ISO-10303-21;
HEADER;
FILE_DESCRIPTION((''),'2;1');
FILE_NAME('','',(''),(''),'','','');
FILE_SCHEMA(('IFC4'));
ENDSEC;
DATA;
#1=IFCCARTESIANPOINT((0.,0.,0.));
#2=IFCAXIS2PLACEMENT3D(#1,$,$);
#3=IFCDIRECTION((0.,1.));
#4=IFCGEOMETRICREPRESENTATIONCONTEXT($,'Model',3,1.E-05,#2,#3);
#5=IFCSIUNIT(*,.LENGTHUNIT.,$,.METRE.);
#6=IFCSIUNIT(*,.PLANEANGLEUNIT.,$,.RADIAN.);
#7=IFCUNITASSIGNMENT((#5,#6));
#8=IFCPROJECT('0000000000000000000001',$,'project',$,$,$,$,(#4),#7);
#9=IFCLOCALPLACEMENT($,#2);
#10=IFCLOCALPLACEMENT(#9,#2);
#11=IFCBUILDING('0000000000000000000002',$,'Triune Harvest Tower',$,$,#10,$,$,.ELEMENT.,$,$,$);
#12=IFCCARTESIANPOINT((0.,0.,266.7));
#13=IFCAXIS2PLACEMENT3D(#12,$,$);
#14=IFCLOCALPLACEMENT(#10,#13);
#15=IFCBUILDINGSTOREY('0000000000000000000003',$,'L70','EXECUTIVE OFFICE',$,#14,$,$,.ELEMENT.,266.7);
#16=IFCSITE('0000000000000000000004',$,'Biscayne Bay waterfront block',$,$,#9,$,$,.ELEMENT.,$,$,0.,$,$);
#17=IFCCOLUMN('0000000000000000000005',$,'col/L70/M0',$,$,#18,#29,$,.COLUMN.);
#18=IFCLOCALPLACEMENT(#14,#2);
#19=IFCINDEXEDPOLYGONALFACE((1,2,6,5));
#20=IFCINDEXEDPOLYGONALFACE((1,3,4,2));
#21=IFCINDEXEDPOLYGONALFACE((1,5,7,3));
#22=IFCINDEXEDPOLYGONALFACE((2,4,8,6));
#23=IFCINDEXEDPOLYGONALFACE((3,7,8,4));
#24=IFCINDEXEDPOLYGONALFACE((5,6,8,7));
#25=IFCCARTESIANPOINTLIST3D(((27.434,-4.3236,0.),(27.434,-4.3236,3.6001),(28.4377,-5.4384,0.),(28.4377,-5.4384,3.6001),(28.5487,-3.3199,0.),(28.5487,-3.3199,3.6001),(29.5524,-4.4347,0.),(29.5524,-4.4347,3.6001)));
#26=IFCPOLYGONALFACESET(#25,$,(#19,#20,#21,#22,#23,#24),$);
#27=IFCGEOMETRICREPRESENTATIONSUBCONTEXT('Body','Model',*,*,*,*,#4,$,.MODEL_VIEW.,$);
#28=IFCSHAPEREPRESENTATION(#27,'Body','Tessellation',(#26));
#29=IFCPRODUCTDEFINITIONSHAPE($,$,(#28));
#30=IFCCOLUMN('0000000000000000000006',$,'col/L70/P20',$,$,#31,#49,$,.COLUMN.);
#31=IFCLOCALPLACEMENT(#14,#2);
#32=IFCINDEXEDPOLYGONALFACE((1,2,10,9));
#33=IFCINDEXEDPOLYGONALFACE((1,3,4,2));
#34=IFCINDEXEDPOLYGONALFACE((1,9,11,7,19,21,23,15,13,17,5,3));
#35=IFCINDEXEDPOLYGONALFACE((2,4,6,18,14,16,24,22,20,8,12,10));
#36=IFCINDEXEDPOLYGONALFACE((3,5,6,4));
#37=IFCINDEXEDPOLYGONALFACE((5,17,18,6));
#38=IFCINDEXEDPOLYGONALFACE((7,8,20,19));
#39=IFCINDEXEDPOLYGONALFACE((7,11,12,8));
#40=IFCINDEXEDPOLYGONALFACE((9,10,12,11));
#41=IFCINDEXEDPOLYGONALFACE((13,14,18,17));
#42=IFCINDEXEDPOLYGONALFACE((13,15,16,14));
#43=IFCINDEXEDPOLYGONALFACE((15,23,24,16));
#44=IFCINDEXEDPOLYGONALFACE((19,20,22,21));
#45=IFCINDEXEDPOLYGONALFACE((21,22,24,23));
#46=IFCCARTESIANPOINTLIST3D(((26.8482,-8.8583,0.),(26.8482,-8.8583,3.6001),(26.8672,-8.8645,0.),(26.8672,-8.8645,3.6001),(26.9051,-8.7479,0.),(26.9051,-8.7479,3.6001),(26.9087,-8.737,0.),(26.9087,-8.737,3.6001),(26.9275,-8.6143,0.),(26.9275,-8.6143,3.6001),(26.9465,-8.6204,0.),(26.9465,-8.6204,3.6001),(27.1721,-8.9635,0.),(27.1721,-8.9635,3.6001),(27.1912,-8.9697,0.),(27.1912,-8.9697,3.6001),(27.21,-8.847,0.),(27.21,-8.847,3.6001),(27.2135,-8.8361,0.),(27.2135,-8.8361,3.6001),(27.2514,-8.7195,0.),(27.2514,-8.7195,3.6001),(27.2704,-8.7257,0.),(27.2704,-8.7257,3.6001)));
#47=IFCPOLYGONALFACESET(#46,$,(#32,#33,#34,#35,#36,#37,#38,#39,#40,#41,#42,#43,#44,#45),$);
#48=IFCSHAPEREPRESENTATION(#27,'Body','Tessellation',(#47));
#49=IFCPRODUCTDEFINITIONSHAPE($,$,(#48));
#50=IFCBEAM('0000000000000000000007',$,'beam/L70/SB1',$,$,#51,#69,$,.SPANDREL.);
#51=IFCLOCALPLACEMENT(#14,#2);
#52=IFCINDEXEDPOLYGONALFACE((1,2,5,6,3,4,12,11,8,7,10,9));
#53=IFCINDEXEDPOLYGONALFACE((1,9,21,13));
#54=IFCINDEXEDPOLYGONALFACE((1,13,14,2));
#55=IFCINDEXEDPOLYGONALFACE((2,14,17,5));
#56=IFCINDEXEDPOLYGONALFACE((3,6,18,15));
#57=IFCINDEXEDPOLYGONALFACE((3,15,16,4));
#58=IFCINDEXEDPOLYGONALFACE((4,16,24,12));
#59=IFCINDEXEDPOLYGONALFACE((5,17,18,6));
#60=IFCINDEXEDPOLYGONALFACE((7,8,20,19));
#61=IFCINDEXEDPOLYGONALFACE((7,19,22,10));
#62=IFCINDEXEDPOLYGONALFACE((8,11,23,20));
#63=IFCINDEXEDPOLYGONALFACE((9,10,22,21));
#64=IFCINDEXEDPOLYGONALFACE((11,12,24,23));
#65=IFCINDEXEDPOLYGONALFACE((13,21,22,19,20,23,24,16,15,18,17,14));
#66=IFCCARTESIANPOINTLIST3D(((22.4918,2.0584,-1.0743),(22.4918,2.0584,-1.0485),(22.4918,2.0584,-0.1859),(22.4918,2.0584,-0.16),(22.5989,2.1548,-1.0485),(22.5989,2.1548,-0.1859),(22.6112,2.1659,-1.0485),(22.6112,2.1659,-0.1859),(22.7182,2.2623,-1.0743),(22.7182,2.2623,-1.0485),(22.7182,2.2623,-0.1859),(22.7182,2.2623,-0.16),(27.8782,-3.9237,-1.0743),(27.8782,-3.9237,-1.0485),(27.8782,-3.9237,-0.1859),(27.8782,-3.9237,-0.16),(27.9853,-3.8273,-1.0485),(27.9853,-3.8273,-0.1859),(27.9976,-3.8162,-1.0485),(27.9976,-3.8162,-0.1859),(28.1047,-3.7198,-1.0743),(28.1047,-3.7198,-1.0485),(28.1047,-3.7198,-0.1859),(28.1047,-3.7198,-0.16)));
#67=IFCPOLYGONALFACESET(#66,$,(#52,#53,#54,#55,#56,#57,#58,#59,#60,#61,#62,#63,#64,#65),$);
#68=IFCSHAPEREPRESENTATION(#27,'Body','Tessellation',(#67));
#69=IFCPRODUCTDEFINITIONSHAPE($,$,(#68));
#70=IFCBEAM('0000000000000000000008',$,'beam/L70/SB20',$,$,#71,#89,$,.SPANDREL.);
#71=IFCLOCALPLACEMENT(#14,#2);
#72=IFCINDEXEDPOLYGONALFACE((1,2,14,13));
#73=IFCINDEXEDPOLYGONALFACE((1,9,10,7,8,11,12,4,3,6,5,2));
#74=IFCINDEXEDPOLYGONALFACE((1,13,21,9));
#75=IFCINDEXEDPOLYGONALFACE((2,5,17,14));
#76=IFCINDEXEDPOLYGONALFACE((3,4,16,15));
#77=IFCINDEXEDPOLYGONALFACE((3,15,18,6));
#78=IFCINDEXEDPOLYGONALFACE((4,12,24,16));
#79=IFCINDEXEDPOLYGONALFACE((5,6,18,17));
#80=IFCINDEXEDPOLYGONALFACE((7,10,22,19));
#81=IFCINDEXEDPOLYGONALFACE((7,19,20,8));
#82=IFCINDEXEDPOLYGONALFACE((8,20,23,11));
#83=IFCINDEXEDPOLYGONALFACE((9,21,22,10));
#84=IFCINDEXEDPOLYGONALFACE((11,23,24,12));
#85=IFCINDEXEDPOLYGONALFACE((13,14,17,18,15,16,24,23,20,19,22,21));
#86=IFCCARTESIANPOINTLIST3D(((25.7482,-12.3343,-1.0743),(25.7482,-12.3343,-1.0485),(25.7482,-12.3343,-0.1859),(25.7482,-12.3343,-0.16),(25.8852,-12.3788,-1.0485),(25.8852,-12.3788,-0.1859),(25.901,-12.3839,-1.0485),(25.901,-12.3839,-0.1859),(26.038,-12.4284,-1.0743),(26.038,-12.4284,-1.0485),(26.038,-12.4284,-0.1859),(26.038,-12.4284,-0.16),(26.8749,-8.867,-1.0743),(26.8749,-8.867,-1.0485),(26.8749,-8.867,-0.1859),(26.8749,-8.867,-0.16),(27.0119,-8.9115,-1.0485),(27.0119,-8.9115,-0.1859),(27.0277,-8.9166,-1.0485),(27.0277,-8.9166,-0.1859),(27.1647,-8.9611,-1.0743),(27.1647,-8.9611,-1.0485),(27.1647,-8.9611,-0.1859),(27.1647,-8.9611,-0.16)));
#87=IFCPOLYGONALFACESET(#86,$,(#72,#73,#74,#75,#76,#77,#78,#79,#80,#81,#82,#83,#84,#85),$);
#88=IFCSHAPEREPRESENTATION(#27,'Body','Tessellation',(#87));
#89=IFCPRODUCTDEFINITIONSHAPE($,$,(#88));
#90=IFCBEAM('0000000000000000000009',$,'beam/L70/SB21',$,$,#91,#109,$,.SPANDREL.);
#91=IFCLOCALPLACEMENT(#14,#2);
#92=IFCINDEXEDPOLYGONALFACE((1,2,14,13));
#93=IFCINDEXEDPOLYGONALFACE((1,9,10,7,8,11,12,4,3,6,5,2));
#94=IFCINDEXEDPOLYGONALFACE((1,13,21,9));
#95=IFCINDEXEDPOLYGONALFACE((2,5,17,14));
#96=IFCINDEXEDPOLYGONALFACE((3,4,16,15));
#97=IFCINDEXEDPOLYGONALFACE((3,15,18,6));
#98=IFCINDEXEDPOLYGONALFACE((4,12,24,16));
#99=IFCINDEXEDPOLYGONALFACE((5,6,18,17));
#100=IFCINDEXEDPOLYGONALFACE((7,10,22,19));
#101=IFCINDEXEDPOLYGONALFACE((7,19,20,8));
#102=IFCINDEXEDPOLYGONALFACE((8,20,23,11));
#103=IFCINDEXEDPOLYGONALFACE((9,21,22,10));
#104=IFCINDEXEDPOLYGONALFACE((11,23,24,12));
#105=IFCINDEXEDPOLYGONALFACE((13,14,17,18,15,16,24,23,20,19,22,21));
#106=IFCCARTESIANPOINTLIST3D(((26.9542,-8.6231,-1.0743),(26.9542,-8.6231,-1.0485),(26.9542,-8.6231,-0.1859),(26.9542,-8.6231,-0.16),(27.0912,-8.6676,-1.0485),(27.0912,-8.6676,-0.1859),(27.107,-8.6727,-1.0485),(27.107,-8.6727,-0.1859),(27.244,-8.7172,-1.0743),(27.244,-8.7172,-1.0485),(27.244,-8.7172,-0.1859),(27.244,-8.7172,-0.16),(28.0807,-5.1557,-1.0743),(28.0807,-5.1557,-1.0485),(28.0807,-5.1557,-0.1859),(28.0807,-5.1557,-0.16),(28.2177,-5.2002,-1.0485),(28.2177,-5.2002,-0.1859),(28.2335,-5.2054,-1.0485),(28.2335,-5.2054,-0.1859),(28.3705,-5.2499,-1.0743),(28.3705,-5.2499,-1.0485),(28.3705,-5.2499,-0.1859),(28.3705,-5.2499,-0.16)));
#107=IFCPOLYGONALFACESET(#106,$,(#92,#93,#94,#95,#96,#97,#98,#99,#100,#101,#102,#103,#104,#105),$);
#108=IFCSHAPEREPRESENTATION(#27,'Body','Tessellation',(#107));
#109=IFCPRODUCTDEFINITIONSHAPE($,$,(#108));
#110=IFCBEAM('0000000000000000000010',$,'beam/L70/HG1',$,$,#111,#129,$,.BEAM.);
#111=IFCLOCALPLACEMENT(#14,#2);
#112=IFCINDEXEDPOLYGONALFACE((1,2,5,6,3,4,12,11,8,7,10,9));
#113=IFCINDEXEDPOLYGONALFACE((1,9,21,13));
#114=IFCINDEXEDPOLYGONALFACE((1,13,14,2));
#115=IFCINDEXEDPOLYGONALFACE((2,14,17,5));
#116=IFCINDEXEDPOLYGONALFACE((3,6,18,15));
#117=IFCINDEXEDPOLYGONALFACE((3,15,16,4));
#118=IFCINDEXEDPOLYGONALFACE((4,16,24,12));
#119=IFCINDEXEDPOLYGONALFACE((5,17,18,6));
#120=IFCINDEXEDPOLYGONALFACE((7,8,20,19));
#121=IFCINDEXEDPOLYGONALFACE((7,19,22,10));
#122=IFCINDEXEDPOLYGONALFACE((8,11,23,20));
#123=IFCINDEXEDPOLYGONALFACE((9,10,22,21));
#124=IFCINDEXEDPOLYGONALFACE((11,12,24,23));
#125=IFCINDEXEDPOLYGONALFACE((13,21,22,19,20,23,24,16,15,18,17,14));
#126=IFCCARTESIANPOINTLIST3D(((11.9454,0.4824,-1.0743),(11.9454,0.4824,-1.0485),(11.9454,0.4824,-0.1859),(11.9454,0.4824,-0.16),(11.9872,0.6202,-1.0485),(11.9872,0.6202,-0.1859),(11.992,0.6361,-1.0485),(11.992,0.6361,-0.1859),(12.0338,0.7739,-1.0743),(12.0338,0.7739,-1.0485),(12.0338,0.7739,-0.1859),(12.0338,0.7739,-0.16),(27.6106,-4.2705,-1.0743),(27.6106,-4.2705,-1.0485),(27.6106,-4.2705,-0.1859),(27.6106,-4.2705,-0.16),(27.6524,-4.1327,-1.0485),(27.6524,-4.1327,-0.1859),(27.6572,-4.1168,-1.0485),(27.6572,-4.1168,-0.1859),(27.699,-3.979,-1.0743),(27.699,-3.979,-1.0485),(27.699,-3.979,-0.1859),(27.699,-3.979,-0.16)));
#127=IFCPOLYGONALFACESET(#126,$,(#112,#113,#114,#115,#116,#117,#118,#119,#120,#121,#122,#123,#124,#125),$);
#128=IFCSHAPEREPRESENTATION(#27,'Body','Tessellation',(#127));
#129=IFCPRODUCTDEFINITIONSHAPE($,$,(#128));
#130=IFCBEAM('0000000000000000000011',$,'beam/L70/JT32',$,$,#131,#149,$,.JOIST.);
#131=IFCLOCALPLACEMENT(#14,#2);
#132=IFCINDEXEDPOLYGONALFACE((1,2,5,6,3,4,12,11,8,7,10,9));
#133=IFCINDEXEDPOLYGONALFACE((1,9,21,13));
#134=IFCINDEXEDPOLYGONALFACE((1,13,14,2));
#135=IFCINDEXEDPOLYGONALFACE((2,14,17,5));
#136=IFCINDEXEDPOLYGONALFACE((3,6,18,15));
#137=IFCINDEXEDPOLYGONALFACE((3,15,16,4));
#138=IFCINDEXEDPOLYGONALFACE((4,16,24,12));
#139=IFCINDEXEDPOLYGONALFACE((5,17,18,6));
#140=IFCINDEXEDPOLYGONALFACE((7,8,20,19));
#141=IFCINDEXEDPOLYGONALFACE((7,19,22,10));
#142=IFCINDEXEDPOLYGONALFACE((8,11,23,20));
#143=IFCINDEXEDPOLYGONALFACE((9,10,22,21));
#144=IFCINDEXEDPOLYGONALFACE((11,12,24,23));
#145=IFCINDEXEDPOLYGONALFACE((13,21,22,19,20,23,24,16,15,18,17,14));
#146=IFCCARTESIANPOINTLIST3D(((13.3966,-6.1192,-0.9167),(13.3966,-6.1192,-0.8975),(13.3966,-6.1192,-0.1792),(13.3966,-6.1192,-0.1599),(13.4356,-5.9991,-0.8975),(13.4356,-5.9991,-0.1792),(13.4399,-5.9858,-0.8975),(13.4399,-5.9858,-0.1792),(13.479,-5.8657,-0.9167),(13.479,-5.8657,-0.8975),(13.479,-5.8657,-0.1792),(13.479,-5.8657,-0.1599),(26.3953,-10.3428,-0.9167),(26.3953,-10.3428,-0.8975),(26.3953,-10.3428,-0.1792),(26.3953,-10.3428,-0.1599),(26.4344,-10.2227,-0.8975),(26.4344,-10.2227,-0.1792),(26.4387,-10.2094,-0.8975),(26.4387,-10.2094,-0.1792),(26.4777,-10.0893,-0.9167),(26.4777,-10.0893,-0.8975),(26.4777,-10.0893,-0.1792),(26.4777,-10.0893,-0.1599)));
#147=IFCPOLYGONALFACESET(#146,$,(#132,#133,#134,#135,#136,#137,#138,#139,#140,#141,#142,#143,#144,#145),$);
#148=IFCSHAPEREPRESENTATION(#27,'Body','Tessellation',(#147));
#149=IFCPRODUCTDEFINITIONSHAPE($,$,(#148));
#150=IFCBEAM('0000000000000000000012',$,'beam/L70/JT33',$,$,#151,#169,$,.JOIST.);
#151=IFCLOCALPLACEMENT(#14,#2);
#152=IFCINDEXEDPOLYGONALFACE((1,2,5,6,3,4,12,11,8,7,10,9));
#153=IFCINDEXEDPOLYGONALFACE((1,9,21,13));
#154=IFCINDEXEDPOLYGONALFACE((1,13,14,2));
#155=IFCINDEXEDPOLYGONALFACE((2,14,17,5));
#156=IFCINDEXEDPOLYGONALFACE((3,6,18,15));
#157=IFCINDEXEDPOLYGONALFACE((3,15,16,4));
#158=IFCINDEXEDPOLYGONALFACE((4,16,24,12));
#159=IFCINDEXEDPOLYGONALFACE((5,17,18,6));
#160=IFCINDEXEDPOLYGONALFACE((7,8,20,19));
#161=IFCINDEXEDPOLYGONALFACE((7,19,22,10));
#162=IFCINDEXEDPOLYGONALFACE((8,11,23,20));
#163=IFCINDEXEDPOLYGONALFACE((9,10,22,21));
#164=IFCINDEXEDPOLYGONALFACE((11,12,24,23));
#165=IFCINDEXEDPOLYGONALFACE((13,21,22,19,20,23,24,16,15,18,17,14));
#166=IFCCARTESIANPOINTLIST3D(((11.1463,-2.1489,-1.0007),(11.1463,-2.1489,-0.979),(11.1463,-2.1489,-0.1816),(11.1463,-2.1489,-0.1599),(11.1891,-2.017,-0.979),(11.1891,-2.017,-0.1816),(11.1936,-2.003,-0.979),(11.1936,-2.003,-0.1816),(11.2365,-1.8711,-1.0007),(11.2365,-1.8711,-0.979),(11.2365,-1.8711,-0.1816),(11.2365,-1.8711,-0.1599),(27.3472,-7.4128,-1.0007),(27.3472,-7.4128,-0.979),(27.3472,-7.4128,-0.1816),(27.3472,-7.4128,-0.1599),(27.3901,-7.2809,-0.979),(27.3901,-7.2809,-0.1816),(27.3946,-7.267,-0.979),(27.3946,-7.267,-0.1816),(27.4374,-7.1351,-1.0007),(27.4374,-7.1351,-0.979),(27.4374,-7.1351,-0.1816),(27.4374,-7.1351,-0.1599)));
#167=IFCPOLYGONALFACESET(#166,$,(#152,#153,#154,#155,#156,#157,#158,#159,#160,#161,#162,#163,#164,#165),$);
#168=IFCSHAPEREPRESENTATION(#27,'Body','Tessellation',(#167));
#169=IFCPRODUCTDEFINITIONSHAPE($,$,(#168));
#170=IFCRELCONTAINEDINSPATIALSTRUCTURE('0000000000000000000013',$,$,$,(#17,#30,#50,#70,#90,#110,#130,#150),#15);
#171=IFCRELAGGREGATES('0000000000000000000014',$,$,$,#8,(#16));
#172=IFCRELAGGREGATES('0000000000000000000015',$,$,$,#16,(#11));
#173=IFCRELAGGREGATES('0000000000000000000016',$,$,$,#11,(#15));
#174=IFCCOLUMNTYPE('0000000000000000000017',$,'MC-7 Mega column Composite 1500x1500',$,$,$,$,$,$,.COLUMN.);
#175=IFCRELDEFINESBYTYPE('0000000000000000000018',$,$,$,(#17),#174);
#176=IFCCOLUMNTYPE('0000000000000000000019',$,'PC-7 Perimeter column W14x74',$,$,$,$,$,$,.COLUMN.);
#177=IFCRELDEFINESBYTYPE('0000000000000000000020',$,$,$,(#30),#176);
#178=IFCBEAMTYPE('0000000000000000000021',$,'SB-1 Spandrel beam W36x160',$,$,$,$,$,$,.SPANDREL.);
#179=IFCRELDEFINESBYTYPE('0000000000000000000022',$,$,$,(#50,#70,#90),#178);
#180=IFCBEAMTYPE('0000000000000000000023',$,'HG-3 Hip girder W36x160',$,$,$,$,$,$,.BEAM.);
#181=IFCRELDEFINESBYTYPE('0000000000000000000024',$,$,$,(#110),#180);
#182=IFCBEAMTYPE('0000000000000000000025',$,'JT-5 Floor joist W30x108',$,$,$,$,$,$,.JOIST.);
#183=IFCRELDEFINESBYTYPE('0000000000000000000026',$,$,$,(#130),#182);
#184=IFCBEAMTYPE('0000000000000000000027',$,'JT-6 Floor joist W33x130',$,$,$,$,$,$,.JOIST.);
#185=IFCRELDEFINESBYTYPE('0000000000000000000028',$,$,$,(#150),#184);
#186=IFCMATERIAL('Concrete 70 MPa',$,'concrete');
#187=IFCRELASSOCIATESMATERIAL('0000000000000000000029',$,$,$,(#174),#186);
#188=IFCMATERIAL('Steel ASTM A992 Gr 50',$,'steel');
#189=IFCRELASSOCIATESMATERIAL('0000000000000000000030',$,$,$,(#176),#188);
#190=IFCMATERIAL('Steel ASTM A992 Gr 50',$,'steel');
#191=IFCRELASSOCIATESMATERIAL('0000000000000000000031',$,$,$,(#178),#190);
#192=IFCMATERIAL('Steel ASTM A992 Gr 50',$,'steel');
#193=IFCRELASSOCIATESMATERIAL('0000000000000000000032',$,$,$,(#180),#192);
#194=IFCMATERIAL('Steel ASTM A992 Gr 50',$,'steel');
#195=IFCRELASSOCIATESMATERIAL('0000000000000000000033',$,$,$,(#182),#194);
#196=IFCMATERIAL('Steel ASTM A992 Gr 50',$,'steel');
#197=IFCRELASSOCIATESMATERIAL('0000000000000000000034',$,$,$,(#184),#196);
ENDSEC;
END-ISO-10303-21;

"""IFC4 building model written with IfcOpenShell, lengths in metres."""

from ifc_helpers import new_model, si_unit, direction, frame, origin, origin_2d, place, context, subcontext, project, spatial, rectangle, i_section, extrude, source, transform, mapped, material, material_profile, profile_set, type_object, element, save


model = new_model("IFC4")

# Units and contexts
model_context = context("Model", 3, precision=1e-05, world=origin(), true_north=direction((0.0, 1.0)))
body_context = subcontext(model_context, "Body", "Model", "MODEL_VIEW")
ifc_project = project(units=[si_unit("LENGTHUNIT", "METRE"), si_unit("PLANEANGLEUNIT", "RADIAN")], contexts=[model_context])

# Site, building, storey
site_placement = place(None, origin())
site = spatial("IfcSite", under=ifc_project, at=site_placement, Name="Biscayne Bay waterfront block", CompositionType="ELEMENT", RefElevation=0.0)
building_placement = place(site_placement, origin())
building = spatial("IfcBuilding", under=site, at=building_placement, Name="Triune Harvest Tower", CompositionType="ELEMENT")
storey_placement = place(building_placement, frame((0.0, 0.0, 266.7)))
storey = spatial("IfcBuildingStorey", under=building, at=storey_placement, Name="L70", Description="EXECUTIVE OFFICE", CompositionType="ELEMENT", Elevation=266.7)

# Columns
ifc_material_1 = material(Name="Concrete 70 MPa", Category="concrete")
ifc_material_profile_1 = material_profile(ifc_material_1, rectangle(XDim=1.5, YDim=1.5, at=origin_2d()), Name="Composite 1500x1500")
ifc_profile_set_1 = profile_set([ifc_material_profile_1], Name="Concrete 70 MPa")
column_type_1 = type_object("IfcColumnType", Name="MC-7 Mega column Composite 1500x1500", PredefinedType="COLUMN", material=ifc_profile_set_1)
shared_shape_1 = source(origin(), body_context, "Body", "SweptSolid", [
    extrude(rectangle(XDim=1.5, YDim=1.5, at=origin_2d()), origin(), (0.0, 0.0, 1.0), 3.6001),
])
column_1_placement = place(storey_placement, frame((28.4932, -4.3792, 0.0), z_axis=(0.0, 0.0, 1.0), x_axis=(-0.669131, 0.743145, 0.0)))
element("IfcColumn", 1, at=column_1_placement, inside=storey, type_object=column_type_1, Name="col/L70/M0", PredefinedType="COLUMN", context=body_context, shape_type="MappedRepresentation", body=[
    mapped(shared_shape_1, transform((0.0, 0.0, 0.0), scale=1.0)),
])
ifc_material_2 = material(Name="Steel ASTM A992 Gr 50", Category="steel")
ifc_material_profile_2 = material_profile(ifc_material_2, i_section(OverallWidth=0.2566, OverallDepth=0.3606, WebThickness=0.0115, FlangeThickness=0.02, at=origin_2d()), Name="W14x74")
ifc_profile_set_2 = profile_set([ifc_material_profile_2], Name="Steel ASTM A992 Gr 50")
column_type_2 = type_object("IfcColumnType", Name="PC-7 Perimeter column W14x74", PredefinedType="COLUMN", material=ifc_profile_set_2)
shared_shape_2 = source(origin(), body_context, "Body", "SweptSolid", [
    extrude(i_section(OverallWidth=0.2566, OverallDepth=0.3606, WebThickness=0.0115, FlangeThickness=0.02, at=origin_2d()), origin(), (0.0, 0.0, 1.0), 3.6001),
])
column_2_placement = place(storey_placement, frame((27.0593, -8.792, 0.0), z_axis=(0.0, 0.0, 1.0), x_axis=(0.309017, 0.951057, 0.0)))
element("IfcColumn", 2, at=column_2_placement, inside=storey, type_object=column_type_2, Name="col/L70/P20", PredefinedType="COLUMN", context=body_context, shape_type="MappedRepresentation", body=[
    mapped(shared_shape_2, transform((0.0, 0.0, 0.0), scale=1.0)),
])

# Beams
ifc_material_3 = material(Name="Steel ASTM A992 Gr 50", Category="steel")
ifc_material_profile_3 = material_profile(ifc_material_3, i_section(OverallWidth=0.3047, OverallDepth=0.9143, WebThickness=0.0166, FlangeThickness=0.0259, at=origin_2d()), Name="W36x160")
ifc_profile_set_3 = profile_set([ifc_material_profile_3], Name="Steel ASTM A992 Gr 50")
beam_type_1 = type_object("IfcBeamType", Name="SB-1 Spandrel beam W36x160", PredefinedType="SPANDREL", material=ifc_profile_set_3)
shared_shape_3 = source(origin(), body_context, "Body", "SweptSolid", [
    extrude(i_section(OverallWidth=0.3047, OverallDepth=0.9143, WebThickness=0.0166, FlangeThickness=0.0259, at=origin_2d()), origin(), (0.0, 0.0, 1.0), 8.0498),
])
beam_1_placement = place(storey_placement, frame((27.9915, -3.8218, -0.6172), z_axis=(-0.669137, 0.743139, 0.0), x_axis=(-0.743139, -0.669137, 0.0)))
element("IfcBeam", 3, at=beam_1_placement, inside=storey, type_object=beam_type_1, Name="beam/L70/SB1", PredefinedType="SPANDREL", context=body_context, shape_type="MappedRepresentation", body=[
    mapped(shared_shape_3, transform((0.0, 0.0, 0.0), scale=1.0)),
])
shared_shape_4 = source(origin(), body_context, "Body", "SweptSolid", [
    extrude(i_section(OverallWidth=0.3047, OverallDepth=0.9143, WebThickness=0.0166, FlangeThickness=0.0259, at=origin_2d()), origin(), (0.0, 0.0, 1.0), 3.6458),
])
for number, where, z_axis, x_axis, name in (
    (4, (25.8931, -12.3813, -0.6172), (0.309047, 0.951047, 0.0), (-0.951047, 0.309047, 0.0), "beam/L70/SB20"),
    (5, (27.0991, -8.6702, -0.6172), (0.308986, 0.951067, 0.0), (-0.951067, 0.308986, 0.0), "beam/L70/SB21"),
):
    element("IfcBeam", number, at=place(storey_placement, frame(where, z_axis=z_axis, x_axis=x_axis)), inside=storey, type_object=beam_type_1, Name=name, PredefinedType="SPANDREL", context=body_context, shape_type="MappedRepresentation", body=[
        mapped(shared_shape_4, transform((0.0, 0.0, 0.0), scale=1.0)),
    ])
ifc_material_4 = material(Name="Steel ASTM A992 Gr 50", Category="steel")
ifc_material_profile_4 = material_profile(ifc_material_4, i_section(OverallWidth=0.3047, OverallDepth=0.9143, WebThickness=0.0166, FlangeThickness=0.0259, at=origin_2d()), Name="W36x160")
ifc_profile_set_4 = profile_set([ifc_material_profile_4], Name="Steel ASTM A992 Gr 50")
beam_type_2 = type_object("IfcBeamType", Name="HG-3 Hip girder W36x160", PredefinedType="BEAM", material=ifc_profile_set_4)
shared_shape_5 = source(origin(), body_context, "Body", "SweptSolid", [
    extrude(i_section(OverallWidth=0.3047, OverallDepth=0.9143, WebThickness=0.0166, FlangeThickness=0.0259, at=origin_2d()), origin(), (0.0, 0.0, 1.0), 16.3704),
])
beam_2_placement = place(storey_placement, frame((27.6548, -4.1248, -0.6172), z_axis=(-0.956925, 0.290336, 0.0), x_axis=(-0.290336, -0.956925, 0.0)))
element("IfcBeam", 6, at=beam_2_placement, inside=storey, type_object=beam_type_2, Name="beam/L70/HG1", PredefinedType="BEAM", context=body_context, shape_type="MappedRepresentation", body=[
    mapped(shared_shape_5, transform((0.0, 0.0, 0.0), scale=1.0)),
])
ifc_material_5 = material(Name="Steel ASTM A992 Gr 50", Category="steel")
ifc_material_profile_5 = material_profile(ifc_material_5, i_section(OverallWidth=0.2666, OverallDepth=0.7568, WebThickness=0.0139, FlangeThickness=0.0193, at=origin_2d()), Name="W30x108")
ifc_profile_set_5 = profile_set([ifc_material_profile_5], Name="Steel ASTM A992 Gr 50")
beam_type_3 = type_object("IfcBeamType", Name="JT-5 Floor joist W30x108", PredefinedType="JOIST", material=ifc_profile_set_5)
shared_shape_6 = source(origin(), body_context, "Body", "SweptSolid", [
    extrude(i_section(OverallWidth=0.2666, OverallDepth=0.7568, WebThickness=0.0139, FlangeThickness=0.0193, at=origin_2d()), origin(), (0.0, 0.0, 1.0), 13.6677),
])
beam_3_placement = place(storey_placement, frame((26.4365, -10.2161, -0.5383), z_axis=(-0.951055, 0.309022, 0.0), x_axis=(-0.309022, -0.951055, 0.0)))
element("IfcBeam", 7, at=beam_3_placement, inside=storey, type_object=beam_type_3, Name="beam/L70/JT32", PredefinedType="JOIST", context=body_context, shape_type="MappedRepresentation", body=[
    mapped(shared_shape_6, transform((0.0, 0.0, 0.0), scale=1.0)),
])
ifc_material_6 = material(Name="Steel ASTM A992 Gr 50", Category="steel")
ifc_material_profile_6 = material_profile(ifc_material_6, i_section(OverallWidth=0.292, OverallDepth=0.8408, WebThickness=0.0146, FlangeThickness=0.0217, at=origin_2d()), Name="W33x130")
ifc_profile_set_6 = profile_set([ifc_material_profile_6], Name="Steel ASTM A992 Gr 50")
beam_type_4 = type_object("IfcBeamType", Name="JT-6 Floor joist W33x130", PredefinedType="JOIST", material=ifc_profile_set_6)
shared_shape_7 = source(origin(), body_context, "Body", "SweptSolid", [
    extrude(i_section(OverallWidth=0.292, OverallDepth=0.8408, WebThickness=0.0146, FlangeThickness=0.0217, at=origin_2d()), origin(), (0.0, 0.0, 1.0), 17.0347),
])
beam_4_placement = place(storey_placement, frame((27.3923, -7.2739, -0.5803), z_axis=(-0.951058, 0.309013, 0.0), x_axis=(-0.309013, -0.951058, 0.0)))
element("IfcBeam", 8, at=beam_4_placement, inside=storey, type_object=beam_type_4, Name="beam/L70/JT33", PredefinedType="JOIST", context=body_context, shape_type="MappedRepresentation", body=[
    mapped(shared_shape_7, transform((0.0, 0.0, 0.0), scale=1.0)),
])

save(model, "model.ifc")
